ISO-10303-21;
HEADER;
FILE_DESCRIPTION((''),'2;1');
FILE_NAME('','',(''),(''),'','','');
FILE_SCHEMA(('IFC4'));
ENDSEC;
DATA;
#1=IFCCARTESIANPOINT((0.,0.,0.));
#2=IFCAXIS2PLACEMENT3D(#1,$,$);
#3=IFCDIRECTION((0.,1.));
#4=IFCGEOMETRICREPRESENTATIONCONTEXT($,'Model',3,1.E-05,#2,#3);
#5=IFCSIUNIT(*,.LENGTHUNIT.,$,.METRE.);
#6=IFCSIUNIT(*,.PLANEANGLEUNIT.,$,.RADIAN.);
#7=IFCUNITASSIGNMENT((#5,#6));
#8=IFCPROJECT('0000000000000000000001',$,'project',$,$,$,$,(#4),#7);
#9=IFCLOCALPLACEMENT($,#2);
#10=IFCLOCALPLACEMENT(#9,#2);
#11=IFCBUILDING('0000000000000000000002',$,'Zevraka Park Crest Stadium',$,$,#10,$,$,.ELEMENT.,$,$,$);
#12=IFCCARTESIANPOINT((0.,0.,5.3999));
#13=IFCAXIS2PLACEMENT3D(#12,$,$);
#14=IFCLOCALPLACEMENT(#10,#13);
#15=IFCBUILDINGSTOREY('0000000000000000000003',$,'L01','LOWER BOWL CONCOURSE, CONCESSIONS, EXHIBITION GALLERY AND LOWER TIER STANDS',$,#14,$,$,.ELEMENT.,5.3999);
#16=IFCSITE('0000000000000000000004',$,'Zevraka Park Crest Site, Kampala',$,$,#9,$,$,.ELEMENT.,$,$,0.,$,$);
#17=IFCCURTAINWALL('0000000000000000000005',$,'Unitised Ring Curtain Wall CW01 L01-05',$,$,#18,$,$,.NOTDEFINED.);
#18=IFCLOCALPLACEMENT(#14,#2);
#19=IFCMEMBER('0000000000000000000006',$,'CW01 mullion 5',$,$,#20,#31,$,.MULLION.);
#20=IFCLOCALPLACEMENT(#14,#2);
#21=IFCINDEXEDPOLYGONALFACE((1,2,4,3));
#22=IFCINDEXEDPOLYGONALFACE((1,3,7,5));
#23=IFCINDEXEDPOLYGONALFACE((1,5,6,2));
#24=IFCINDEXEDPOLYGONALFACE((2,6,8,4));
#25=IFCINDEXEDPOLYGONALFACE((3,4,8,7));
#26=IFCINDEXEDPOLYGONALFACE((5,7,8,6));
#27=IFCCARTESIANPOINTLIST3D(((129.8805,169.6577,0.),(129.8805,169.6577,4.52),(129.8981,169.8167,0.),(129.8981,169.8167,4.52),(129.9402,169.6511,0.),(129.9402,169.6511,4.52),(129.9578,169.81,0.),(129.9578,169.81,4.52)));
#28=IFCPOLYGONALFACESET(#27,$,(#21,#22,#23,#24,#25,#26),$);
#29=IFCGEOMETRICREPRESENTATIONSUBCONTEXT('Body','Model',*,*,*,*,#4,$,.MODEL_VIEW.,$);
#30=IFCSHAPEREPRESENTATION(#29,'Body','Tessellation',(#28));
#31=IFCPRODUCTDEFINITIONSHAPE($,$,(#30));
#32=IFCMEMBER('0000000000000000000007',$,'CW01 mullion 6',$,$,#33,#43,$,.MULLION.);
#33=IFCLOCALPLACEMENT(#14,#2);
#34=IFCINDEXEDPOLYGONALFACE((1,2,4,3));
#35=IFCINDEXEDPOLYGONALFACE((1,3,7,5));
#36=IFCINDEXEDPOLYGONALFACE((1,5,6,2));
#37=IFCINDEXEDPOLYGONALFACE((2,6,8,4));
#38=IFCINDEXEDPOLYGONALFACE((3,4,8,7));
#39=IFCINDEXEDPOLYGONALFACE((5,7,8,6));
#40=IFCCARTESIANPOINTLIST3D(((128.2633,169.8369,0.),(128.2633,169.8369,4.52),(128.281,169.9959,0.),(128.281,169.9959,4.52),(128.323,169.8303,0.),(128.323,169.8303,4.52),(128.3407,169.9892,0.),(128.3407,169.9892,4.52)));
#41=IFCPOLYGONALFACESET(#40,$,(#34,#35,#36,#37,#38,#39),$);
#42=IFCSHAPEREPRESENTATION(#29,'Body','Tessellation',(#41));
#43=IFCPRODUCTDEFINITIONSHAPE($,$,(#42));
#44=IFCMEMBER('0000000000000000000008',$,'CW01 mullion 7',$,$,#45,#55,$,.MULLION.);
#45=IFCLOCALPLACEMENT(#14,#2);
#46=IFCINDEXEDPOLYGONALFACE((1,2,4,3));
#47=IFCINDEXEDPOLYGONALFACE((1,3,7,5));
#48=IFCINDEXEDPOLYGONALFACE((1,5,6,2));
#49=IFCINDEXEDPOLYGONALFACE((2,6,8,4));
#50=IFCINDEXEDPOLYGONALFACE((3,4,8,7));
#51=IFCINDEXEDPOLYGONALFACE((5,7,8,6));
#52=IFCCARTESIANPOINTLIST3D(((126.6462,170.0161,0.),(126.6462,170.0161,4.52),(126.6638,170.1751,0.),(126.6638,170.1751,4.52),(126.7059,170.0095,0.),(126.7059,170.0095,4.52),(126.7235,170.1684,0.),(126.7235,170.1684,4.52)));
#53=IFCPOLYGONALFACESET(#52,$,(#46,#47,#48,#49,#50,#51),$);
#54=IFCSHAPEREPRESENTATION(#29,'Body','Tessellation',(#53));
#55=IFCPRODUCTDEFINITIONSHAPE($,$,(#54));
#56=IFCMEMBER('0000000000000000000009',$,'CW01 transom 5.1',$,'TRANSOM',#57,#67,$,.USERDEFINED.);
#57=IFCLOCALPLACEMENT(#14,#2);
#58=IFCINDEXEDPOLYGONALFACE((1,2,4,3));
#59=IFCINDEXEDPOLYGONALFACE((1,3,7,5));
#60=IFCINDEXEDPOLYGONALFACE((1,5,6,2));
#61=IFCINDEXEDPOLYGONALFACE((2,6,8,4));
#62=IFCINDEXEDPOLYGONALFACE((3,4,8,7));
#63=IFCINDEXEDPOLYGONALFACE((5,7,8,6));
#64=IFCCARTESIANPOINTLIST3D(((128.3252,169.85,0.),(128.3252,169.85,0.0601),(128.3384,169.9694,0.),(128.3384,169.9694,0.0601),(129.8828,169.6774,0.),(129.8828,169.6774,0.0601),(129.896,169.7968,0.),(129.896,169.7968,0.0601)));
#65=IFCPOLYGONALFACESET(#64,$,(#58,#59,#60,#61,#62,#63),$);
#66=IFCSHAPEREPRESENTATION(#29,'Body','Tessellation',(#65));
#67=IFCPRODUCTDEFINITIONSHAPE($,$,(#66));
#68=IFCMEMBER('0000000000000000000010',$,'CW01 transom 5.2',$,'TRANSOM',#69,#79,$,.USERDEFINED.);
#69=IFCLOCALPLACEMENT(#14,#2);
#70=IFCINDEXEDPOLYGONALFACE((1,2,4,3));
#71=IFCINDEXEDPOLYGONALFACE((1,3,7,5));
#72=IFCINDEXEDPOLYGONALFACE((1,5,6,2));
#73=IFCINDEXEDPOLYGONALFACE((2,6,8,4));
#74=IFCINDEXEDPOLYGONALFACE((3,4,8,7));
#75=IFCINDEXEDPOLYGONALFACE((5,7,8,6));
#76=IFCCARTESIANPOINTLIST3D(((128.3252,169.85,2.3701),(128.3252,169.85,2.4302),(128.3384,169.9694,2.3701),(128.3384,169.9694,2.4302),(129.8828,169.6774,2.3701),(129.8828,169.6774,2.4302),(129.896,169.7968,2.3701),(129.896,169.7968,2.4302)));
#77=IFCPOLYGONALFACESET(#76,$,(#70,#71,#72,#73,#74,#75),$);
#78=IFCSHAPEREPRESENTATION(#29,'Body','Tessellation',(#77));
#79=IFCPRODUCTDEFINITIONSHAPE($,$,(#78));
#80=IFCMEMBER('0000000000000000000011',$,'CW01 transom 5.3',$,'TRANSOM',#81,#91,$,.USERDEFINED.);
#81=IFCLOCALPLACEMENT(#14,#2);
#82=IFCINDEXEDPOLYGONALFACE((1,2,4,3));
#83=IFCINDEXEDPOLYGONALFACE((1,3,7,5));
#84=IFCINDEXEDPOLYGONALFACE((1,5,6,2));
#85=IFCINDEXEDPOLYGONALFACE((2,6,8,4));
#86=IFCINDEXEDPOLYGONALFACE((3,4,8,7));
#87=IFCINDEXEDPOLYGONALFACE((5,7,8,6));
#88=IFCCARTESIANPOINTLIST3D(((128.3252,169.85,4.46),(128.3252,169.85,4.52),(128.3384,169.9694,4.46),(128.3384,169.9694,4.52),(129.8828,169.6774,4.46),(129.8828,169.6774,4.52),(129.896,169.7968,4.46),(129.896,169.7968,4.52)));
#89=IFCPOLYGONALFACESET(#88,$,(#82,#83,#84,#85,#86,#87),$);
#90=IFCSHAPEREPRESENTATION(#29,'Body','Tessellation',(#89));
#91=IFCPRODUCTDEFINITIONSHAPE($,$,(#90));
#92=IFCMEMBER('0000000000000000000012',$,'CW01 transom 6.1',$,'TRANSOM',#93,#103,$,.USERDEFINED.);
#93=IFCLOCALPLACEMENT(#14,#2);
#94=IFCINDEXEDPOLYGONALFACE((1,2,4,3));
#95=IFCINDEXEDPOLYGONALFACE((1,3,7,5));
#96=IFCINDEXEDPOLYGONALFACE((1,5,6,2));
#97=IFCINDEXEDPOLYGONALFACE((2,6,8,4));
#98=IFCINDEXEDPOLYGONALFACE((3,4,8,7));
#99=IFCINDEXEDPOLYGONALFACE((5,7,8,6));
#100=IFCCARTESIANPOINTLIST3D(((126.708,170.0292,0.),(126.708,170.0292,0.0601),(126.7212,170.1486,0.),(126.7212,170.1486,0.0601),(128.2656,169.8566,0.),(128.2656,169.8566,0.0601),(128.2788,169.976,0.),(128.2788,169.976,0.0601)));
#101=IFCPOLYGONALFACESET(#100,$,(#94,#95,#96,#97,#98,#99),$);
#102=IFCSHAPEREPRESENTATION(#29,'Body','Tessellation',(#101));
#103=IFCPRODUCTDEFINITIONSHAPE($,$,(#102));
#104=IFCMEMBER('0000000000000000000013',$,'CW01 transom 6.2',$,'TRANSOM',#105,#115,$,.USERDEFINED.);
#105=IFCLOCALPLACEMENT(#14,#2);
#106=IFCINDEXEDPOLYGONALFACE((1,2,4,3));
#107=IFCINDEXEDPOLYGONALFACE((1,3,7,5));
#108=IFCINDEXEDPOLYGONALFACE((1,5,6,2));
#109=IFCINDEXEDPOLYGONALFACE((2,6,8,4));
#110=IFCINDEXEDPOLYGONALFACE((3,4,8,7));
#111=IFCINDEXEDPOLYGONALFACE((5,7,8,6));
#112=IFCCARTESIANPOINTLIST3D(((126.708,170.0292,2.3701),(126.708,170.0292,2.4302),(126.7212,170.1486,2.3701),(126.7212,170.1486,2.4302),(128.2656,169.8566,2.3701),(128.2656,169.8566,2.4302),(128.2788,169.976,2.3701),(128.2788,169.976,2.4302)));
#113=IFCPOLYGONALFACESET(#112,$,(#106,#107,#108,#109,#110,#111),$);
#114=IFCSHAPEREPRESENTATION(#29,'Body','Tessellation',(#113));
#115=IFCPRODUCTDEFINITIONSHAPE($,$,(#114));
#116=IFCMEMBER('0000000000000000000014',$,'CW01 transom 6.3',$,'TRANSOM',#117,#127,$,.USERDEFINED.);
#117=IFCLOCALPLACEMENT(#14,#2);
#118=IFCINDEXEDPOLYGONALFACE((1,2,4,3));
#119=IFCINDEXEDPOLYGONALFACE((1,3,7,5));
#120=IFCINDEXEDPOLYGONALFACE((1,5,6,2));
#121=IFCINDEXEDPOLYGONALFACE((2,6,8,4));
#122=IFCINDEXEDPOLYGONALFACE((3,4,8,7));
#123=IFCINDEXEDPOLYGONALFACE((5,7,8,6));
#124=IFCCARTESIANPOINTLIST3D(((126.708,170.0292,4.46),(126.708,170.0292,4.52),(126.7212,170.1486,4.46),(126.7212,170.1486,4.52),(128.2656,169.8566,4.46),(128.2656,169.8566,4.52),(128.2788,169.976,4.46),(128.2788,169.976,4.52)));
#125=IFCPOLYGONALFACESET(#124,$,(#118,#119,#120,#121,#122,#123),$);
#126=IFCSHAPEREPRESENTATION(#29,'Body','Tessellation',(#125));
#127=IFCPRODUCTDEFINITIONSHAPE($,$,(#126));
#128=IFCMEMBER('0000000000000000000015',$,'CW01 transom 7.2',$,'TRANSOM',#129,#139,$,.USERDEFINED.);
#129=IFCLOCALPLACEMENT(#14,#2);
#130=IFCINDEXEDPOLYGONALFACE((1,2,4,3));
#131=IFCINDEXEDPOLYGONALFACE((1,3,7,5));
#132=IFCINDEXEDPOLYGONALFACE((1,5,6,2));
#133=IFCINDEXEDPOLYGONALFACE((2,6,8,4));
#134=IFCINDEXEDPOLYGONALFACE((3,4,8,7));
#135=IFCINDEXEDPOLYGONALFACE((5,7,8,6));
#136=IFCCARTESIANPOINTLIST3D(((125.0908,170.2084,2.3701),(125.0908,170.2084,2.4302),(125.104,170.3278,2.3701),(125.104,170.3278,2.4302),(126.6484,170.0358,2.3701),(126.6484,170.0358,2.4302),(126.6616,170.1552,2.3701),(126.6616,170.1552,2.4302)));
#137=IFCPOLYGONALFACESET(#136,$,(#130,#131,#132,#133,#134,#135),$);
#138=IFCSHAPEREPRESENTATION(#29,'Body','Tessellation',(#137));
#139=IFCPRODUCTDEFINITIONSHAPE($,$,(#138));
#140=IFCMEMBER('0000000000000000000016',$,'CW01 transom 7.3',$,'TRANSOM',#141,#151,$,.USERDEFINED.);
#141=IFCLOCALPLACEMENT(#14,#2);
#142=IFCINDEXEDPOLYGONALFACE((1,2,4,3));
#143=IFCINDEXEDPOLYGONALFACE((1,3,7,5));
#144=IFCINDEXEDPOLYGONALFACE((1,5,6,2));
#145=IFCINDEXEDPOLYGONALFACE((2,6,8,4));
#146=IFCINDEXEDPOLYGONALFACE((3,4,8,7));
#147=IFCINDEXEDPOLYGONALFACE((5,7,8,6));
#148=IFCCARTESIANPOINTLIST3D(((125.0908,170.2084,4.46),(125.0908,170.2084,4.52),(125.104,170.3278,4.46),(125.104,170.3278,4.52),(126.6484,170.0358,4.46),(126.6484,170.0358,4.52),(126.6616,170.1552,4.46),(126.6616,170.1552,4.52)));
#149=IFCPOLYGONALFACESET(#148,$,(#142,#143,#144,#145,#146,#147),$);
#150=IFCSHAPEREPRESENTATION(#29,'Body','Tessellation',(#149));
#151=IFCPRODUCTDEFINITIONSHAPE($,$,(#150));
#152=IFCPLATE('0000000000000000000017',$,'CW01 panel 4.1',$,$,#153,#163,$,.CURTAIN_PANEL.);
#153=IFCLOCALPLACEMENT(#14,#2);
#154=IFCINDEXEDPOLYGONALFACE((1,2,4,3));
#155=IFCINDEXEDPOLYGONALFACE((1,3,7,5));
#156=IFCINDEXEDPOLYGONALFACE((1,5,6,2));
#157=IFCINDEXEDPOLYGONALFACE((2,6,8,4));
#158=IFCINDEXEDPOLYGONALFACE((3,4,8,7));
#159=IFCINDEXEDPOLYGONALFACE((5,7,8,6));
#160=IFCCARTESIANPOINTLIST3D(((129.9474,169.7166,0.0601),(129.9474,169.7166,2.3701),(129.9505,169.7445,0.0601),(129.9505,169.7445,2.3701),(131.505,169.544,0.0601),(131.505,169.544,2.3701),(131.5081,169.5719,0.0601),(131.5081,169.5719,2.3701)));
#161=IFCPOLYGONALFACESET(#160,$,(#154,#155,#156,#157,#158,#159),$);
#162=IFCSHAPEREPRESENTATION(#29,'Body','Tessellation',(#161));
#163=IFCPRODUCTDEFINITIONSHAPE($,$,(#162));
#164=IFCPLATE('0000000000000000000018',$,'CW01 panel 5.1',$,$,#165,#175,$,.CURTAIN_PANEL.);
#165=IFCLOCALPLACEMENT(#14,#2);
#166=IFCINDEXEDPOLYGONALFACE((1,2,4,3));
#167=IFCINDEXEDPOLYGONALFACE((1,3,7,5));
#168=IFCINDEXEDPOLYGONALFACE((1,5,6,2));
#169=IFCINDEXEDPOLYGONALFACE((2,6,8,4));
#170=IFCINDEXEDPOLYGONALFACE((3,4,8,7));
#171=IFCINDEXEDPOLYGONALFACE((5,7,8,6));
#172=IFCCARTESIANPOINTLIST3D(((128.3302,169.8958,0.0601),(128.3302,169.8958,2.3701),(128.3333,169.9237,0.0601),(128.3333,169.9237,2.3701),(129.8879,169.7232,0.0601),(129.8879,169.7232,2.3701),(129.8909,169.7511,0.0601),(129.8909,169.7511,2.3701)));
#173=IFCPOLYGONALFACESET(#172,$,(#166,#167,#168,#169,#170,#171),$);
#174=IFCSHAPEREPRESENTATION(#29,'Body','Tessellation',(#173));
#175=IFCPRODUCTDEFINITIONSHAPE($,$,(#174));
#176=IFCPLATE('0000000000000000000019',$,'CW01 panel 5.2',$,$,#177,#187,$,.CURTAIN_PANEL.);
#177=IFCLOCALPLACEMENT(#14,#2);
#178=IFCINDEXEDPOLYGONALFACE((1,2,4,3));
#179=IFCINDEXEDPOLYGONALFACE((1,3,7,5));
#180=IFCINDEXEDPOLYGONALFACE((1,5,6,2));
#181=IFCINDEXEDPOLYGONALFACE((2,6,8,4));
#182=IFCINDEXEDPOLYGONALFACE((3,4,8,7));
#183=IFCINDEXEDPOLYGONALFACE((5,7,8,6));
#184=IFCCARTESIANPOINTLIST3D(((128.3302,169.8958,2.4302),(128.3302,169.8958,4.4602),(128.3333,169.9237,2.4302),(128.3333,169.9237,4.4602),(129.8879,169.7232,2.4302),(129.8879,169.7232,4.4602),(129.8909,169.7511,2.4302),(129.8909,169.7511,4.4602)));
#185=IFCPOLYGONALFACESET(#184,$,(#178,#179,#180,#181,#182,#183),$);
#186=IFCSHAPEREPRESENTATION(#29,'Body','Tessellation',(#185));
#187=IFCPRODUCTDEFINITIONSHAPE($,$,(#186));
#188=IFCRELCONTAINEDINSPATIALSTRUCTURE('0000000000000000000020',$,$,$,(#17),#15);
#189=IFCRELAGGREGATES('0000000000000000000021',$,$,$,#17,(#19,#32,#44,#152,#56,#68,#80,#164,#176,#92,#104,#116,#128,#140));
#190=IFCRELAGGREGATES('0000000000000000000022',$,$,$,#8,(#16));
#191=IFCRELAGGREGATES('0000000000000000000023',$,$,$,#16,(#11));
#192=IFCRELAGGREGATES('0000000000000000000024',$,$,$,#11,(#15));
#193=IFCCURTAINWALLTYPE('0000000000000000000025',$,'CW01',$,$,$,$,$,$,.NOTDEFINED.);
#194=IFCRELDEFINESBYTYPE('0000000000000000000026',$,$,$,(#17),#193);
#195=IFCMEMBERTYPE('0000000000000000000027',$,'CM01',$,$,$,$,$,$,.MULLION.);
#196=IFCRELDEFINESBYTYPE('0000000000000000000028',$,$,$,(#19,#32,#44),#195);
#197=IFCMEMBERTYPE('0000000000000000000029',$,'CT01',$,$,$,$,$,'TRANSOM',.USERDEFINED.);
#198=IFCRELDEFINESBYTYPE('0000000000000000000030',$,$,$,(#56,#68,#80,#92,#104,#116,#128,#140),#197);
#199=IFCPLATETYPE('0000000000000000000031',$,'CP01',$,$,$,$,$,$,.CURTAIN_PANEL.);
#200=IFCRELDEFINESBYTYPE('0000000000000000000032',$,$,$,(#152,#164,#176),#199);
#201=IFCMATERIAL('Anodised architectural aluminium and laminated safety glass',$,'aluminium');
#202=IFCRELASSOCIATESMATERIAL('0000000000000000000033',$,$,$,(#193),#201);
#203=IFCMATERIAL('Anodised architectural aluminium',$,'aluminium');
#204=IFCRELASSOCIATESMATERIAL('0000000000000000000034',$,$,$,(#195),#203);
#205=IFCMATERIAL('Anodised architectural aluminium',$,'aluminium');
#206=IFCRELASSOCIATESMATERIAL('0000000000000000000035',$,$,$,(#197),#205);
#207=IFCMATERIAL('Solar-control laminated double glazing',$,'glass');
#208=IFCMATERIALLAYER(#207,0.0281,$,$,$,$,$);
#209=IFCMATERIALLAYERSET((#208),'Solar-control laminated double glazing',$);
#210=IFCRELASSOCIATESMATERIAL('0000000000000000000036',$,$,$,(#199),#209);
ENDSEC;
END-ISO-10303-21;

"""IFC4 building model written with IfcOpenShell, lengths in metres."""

from ifc_helpers import new_model, si_unit, direction, frame, origin, origin_2d, place, context, subcontext, project, spatial, rectangle, extrude, material, layer, layer_set, material_profile, profile_set, type_object, element, aggregate, save


model = new_model("IFC4")

# Units and contexts
model_context = context("Model", 3, precision=1e-05, world=origin(), true_north=direction((0.0, 1.0)))
body_context = subcontext(model_context, "Body", "Model", "MODEL_VIEW")
ifc_project = project(units=[si_unit("LENGTHUNIT", "METRE"), si_unit("PLANEANGLEUNIT", "RADIAN")], contexts=[model_context])

# Site, building, storey
site_placement = place(None, origin())
site = spatial("IfcSite", under=ifc_project, at=site_placement, Name="Zevraka Park Crest Site, Kampala", CompositionType="ELEMENT", RefElevation=0.0)
building_placement = place(site_placement, origin())
building = spatial("IfcBuilding", under=site, at=building_placement, Name="Zevraka Park Crest Stadium", CompositionType="ELEMENT")
storey_placement = place(building_placement, frame((0.0, 0.0, 5.3999)))
storey = spatial("IfcBuildingStorey", under=building, at=storey_placement, Name="L01", Description="LOWER BOWL CONCOURSE, CONCESSIONS, EXHIBITION GALLERY AND LOWER TIER STANDS", CompositionType="ELEMENT", Elevation=5.3999)

# Curtain wall, members, plates
ifc_material_1 = material(Name="Anodised architectural aluminium and laminated safety glass", Category="aluminium")
curtain_wall_type = type_object("IfcCurtainWallType", Name="CW01", PredefinedType="NOTDEFINED", material=ifc_material_1)
curtain_wall_placement = place(storey_placement, origin())
curtain_wall = element("IfcCurtainWall", 1, at=curtain_wall_placement, inside=storey, type_object=curtain_wall_type, Name="Unitised Ring Curtain Wall CW01 L01-05", PredefinedType="NOTDEFINED")
ifc_material_2 = material(Name="Anodised architectural aluminium", Category="aluminium")
ifc_material_profile_1 = material_profile(ifc_material_2, rectangle(XDim=0.1599, YDim=0.0601, at=origin_2d()), Name="ALU MULLION 160x60")
ifc_profile_set_1 = profile_set([ifc_material_profile_1], Name="Anodised architectural aluminium")
member_type_1 = type_object("IfcMemberType", Name="CM01", PredefinedType="MULLION", material=ifc_profile_set_1)
member_1_placement = place(storey_placement, frame((129.9192, 169.7339, 0.0), z_axis=(0.0, 0.0, 1.0), x_axis=(-0.110135, -0.993917, 0.0)))
member_1 = element("IfcMember", 2, at=member_1_placement, type_object=member_type_1, Name="CW01 mullion 5", PredefinedType="MULLION", context=body_context, shape_type="SweptSolid", body=[
    extrude(rectangle(XDim=0.1599, YDim=0.0601, at=origin_2d()), origin(), (0.0, 0.0, 1.0), 4.52),
])
member_2_placement = place(storey_placement, frame((128.302, 169.9131, 0.0), z_axis=(0.0, 0.0, 1.0), x_axis=(-0.110135, -0.993917, 0.0)))
member_2 = element("IfcMember", 3, at=member_2_placement, type_object=member_type_1, Name="CW01 mullion 6", PredefinedType="MULLION", context=body_context, shape_type="SweptSolid", body=[
    extrude(rectangle(XDim=0.1599, YDim=0.0601, at=origin_2d()), origin(), (0.0, 0.0, 1.0), 4.52),
])
member_3_placement = place(storey_placement, frame((126.6848, 170.0923, 0.0), z_axis=(0.0, 0.0, 1.0), x_axis=(-0.110135, -0.993917, 0.0)))
member_3 = element("IfcMember", 4, at=member_3_placement, type_object=member_type_1, Name="CW01 mullion 7", PredefinedType="MULLION", context=body_context, shape_type="SweptSolid", body=[
    extrude(rectangle(XDim=0.1599, YDim=0.0601, at=origin_2d()), origin(), (0.0, 0.0, 1.0), 4.52),
])
ifc_material_3 = material(Name="Anodised architectural aluminium", Category="aluminium")
ifc_material_profile_2 = material_profile(ifc_material_3, rectangle(XDim=0.1201, YDim=0.0601, at=origin_2d()), Name="ALU TRANSOM 120x60")
ifc_profile_set_2 = profile_set([ifc_material_profile_2], Name="Anodised architectural aluminium")
member_type_2 = type_object("IfcMemberType", Name="CT01", ElementType="TRANSOM", PredefinedType="USERDEFINED", material=ifc_profile_set_2)
member_4_placement = place(storey_placement, frame((129.8894, 169.7371, 0.03), z_axis=(-0.993916, 0.110141, 0.0), x_axis=(-0.110141, -0.993916, 0.0)))
member_4 = element("IfcMember", 5, at=member_4_placement, type_object=member_type_2, Name="CW01 transom 5.1", ObjectType="TRANSOM", PredefinedType="USERDEFINED", context=body_context, shape_type="SweptSolid", body=[
    extrude(rectangle(XDim=0.1201, YDim=0.0601, at=origin_2d()), origin(), (0.0, 0.0, 1.0), 1.5671),
])
member_5_placement = place(storey_placement, frame((129.8894, 169.7371, 2.4001), z_axis=(-0.993916, 0.110141, 0.0), x_axis=(-0.110141, -0.993916, 0.0)))
member_5 = element("IfcMember", 6, at=member_5_placement, type_object=member_type_2, Name="CW01 transom 5.2", ObjectType="TRANSOM", PredefinedType="USERDEFINED", context=body_context, shape_type="SweptSolid", body=[
    extrude(rectangle(XDim=0.1201, YDim=0.0601, at=origin_2d()), origin(), (0.0, 0.0, 1.0), 1.5671),
])
member_6_placement = place(storey_placement, frame((129.8894, 169.7371, 4.49), z_axis=(-0.993916, 0.110141, 0.0), x_axis=(-0.110141, -0.993916, 0.0)))
member_6 = element("IfcMember", 7, at=member_6_placement, type_object=member_type_2, Name="CW01 transom 5.3", ObjectType="TRANSOM", PredefinedType="USERDEFINED", context=body_context, shape_type="SweptSolid", body=[
    extrude(rectangle(XDim=0.1201, YDim=0.0601, at=origin_2d()), origin(), (0.0, 0.0, 1.0), 1.5671),
])
member_7_placement = place(storey_placement, frame((128.2722, 169.9163, 0.03), z_axis=(-0.993916, 0.110141, 0.0), x_axis=(-0.110141, -0.993916, 0.0)))
member_7 = element("IfcMember", 8, at=member_7_placement, type_object=member_type_2, Name="CW01 transom 6.1", ObjectType="TRANSOM", PredefinedType="USERDEFINED", context=body_context, shape_type="SweptSolid", body=[
    extrude(rectangle(XDim=0.1201, YDim=0.0601, at=origin_2d()), origin(), (0.0, 0.0, 1.0), 1.5671),
])
member_8_placement = place(storey_placement, frame((128.2722, 169.9163, 2.4001), z_axis=(-0.993916, 0.110141, 0.0), x_axis=(-0.110141, -0.993916, 0.0)))
member_8 = element("IfcMember", 9, at=member_8_placement, type_object=member_type_2, Name="CW01 transom 6.2", ObjectType="TRANSOM", PredefinedType="USERDEFINED", context=body_context, shape_type="SweptSolid", body=[
    extrude(rectangle(XDim=0.1201, YDim=0.0601, at=origin_2d()), origin(), (0.0, 0.0, 1.0), 1.5671),
])
member_9_placement = place(storey_placement, frame((128.2722, 169.9163, 4.49), z_axis=(-0.993916, 0.110141, 0.0), x_axis=(-0.110141, -0.993916, 0.0)))
member_9 = element("IfcMember", 10, at=member_9_placement, type_object=member_type_2, Name="CW01 transom 6.3", ObjectType="TRANSOM", PredefinedType="USERDEFINED", context=body_context, shape_type="SweptSolid", body=[
    extrude(rectangle(XDim=0.1201, YDim=0.0601, at=origin_2d()), origin(), (0.0, 0.0, 1.0), 1.5671),
])
member_10_placement = place(storey_placement, frame((126.655, 170.0955, 2.4001), z_axis=(-0.993916, 0.110141, 0.0), x_axis=(-0.110141, -0.993916, 0.0)))
member_10 = element("IfcMember", 11, at=member_10_placement, type_object=member_type_2, Name="CW01 transom 7.2", ObjectType="TRANSOM", PredefinedType="USERDEFINED", context=body_context, shape_type="SweptSolid", body=[
    extrude(rectangle(XDim=0.1201, YDim=0.0601, at=origin_2d()), origin(), (0.0, 0.0, 1.0), 1.5671),
])
member_11_placement = place(storey_placement, frame((126.655, 170.0955, 4.49), z_axis=(-0.993916, 0.110141, 0.0), x_axis=(-0.110141, -0.993916, 0.0)))
member_11 = element("IfcMember", 12, at=member_11_placement, type_object=member_type_2, Name="CW01 transom 7.3", ObjectType="TRANSOM", PredefinedType="USERDEFINED", context=body_context, shape_type="SweptSolid", body=[
    extrude(rectangle(XDim=0.1201, YDim=0.0601, at=origin_2d()), origin(), (0.0, 0.0, 1.0), 1.5671),
])
ifc_material_4 = material(Name="Solar-control laminated double glazing", Category="glass")
ifc_layer_1 = layer(ifc_material_4, 0.0281)
ifc_layer_set_1 = layer_set([ifc_layer_1], Name="Solar-control laminated double glazing")
plate_type = type_object("IfcPlateType", Name="CP01", PredefinedType="CURTAIN_PANEL", material=ifc_layer_set_1)
plate_1_placement = place(storey_placement, frame((130.7278, 169.6443, 0.0601), z_axis=(0.0, 0.0, 1.0), x_axis=(-0.993917, 0.110135, 0.0)))
plate_1 = element("IfcPlate", 13, at=plate_1_placement, type_object=plate_type, Name="CW01 panel 4.1", PredefinedType="CURTAIN_PANEL", context=body_context, shape_type="SweptSolid", body=[
    extrude(rectangle(XDim=1.5671, YDim=0.0281, at=origin_2d()), origin(), (0.0, 0.0, 1.0), 2.3101),
])
plate_2_placement = place(storey_placement, frame((129.1106, 169.8235, 0.0601), z_axis=(0.0, 0.0, 1.0), x_axis=(-0.993917, 0.110135, 0.0)))
plate_2 = element("IfcPlate", 14, at=plate_2_placement, type_object=plate_type, Name="CW01 panel 5.1", PredefinedType="CURTAIN_PANEL", context=body_context, shape_type="SweptSolid", body=[
    extrude(rectangle(XDim=1.5671, YDim=0.0281, at=origin_2d()), origin(), (0.0, 0.0, 1.0), 2.3101),
])
plate_3_placement = place(storey_placement, frame((129.1106, 169.8235, 2.4302), z_axis=(0.0, 0.0, 1.0), x_axis=(-0.993917, 0.110135, 0.0)))
plate_3 = element("IfcPlate", 15, at=plate_3_placement, type_object=plate_type, Name="CW01 panel 5.2", PredefinedType="CURTAIN_PANEL", context=body_context, shape_type="SweptSolid", body=[
    extrude(rectangle(XDim=1.5671, YDim=0.0281, at=origin_2d()), origin(), (0.0, 0.0, 1.0), 2.03),
])
aggregate(curtain_wall, [member_1, member_2, member_3, plate_1, member_4, member_5, member_6, plate_2, plate_3, member_7, member_8, member_9, member_10, member_11])

save(model, "model.ifc")
